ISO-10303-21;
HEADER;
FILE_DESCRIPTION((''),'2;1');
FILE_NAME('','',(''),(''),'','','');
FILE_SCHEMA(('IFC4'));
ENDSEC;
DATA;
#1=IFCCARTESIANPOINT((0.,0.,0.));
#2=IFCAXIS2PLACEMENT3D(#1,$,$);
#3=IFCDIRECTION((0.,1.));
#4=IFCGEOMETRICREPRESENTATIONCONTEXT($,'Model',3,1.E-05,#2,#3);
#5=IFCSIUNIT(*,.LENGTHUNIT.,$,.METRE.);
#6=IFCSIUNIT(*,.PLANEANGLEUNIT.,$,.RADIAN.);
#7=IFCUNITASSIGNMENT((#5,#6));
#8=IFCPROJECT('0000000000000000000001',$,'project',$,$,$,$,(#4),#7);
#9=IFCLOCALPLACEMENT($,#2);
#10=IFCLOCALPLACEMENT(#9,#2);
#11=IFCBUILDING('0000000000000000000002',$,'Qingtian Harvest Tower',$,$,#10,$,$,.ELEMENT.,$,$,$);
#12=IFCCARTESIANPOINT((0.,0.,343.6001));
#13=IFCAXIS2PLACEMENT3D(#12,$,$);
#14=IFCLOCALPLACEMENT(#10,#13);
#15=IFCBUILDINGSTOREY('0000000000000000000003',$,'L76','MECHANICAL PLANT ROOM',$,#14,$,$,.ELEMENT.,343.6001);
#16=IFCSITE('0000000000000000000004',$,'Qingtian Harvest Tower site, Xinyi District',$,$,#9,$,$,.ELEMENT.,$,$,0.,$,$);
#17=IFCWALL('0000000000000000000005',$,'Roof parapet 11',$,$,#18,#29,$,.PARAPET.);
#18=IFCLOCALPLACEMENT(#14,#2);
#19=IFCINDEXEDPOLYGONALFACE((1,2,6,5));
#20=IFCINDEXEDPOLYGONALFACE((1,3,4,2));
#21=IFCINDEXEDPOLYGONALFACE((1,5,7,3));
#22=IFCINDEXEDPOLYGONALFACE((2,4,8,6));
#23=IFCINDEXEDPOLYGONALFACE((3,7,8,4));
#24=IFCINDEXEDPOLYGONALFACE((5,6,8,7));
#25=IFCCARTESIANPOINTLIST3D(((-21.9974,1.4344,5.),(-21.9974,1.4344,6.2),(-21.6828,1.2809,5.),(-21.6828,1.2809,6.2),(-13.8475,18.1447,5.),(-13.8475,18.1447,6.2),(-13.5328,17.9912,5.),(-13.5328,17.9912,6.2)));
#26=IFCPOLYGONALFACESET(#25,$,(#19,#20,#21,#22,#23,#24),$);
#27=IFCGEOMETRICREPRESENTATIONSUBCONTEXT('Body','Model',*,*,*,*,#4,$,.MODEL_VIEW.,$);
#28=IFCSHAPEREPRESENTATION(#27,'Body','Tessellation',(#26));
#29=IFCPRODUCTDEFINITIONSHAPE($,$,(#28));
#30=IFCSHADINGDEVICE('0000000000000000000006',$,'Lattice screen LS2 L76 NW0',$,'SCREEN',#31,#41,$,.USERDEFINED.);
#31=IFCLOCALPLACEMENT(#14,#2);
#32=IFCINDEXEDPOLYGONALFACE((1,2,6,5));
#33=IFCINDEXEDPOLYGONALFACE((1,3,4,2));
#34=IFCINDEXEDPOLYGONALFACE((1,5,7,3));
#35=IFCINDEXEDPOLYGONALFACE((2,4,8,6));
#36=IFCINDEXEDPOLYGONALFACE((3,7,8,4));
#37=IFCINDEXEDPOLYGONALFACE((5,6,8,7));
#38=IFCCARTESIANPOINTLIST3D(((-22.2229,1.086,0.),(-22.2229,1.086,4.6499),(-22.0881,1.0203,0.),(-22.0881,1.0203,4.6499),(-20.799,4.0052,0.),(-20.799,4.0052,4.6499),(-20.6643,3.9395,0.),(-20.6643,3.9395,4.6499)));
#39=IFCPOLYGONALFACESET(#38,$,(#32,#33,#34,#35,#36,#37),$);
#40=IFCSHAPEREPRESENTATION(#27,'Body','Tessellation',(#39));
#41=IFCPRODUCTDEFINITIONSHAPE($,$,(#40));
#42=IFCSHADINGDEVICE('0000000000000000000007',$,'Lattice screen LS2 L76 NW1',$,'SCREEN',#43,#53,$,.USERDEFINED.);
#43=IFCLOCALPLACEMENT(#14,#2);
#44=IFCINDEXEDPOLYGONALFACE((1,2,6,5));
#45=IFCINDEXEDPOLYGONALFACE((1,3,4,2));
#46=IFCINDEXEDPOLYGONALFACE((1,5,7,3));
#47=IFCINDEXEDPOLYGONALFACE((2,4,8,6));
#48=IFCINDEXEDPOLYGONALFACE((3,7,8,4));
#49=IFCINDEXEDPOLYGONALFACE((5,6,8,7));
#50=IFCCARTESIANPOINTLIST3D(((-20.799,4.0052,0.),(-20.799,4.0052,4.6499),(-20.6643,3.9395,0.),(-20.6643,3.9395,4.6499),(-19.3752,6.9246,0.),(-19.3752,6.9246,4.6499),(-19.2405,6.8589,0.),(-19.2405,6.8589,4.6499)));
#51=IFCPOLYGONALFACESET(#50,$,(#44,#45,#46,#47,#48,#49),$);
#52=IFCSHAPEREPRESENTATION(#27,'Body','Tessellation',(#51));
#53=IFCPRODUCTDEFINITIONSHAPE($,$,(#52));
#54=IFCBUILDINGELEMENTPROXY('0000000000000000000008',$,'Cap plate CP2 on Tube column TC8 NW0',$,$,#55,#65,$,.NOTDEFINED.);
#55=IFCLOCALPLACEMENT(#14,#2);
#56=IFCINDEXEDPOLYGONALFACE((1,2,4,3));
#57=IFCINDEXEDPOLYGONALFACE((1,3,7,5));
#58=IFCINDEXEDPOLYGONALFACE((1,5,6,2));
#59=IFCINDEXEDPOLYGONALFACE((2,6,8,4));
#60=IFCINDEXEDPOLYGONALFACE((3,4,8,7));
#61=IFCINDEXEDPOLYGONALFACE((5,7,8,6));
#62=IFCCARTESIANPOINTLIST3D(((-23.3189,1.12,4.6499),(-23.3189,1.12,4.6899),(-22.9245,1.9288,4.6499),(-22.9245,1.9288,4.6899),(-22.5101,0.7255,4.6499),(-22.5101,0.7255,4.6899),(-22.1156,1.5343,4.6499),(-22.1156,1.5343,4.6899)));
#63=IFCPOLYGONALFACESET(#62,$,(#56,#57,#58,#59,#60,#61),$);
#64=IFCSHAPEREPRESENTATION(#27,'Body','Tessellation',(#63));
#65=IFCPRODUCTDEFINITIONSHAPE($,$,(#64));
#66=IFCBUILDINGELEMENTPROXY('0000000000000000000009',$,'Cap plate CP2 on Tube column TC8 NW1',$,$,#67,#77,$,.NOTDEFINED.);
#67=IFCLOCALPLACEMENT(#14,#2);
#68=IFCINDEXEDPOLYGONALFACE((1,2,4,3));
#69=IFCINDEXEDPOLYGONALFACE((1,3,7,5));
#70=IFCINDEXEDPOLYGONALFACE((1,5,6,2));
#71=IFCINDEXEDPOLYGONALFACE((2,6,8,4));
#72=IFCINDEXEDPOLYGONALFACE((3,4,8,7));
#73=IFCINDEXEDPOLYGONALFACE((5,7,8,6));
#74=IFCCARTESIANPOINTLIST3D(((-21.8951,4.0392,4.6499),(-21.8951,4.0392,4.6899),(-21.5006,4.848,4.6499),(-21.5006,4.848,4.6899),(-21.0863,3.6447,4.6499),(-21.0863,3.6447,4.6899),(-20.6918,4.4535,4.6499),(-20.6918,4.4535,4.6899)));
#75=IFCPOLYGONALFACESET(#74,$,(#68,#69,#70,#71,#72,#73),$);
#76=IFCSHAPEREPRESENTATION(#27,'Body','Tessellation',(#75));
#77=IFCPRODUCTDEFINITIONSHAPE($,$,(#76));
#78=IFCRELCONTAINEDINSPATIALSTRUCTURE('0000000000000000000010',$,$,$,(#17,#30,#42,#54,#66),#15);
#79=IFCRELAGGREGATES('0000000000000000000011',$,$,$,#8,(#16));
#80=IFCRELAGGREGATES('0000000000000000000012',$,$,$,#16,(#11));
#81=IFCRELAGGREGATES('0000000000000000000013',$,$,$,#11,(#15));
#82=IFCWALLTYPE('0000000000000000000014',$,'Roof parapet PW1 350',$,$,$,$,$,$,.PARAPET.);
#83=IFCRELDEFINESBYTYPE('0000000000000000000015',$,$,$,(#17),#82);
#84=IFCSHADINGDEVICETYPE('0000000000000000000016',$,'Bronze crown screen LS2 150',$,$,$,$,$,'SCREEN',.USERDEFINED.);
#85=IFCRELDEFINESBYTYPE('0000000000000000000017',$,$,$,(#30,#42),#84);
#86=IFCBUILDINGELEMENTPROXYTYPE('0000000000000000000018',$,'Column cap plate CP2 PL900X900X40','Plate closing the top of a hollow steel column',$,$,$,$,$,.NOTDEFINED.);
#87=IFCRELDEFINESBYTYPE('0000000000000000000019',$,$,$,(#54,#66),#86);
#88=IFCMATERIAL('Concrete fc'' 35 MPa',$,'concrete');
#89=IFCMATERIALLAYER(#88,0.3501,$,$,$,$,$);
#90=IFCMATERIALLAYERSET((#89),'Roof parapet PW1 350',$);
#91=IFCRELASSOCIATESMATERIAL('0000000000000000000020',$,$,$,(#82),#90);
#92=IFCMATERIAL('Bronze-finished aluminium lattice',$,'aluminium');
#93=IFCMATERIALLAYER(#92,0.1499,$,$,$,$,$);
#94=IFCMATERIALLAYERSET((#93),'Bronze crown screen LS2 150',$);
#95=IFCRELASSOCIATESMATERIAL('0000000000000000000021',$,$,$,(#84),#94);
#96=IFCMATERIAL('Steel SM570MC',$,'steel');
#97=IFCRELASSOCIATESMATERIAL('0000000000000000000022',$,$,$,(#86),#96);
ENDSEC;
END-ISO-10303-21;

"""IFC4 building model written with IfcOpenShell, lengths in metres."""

from ifc_helpers import new_model, si_unit, direction, frame, frame_2d, origin, origin_2d, place, context, subcontext, project, spatial, polyline, rectangle, outline, extrude, material, layer, layer_set, material_profile, profile_set, type_object, element, save


model = new_model("IFC4")

# Units and contexts
model_context = context("Model", 3, precision=1e-05, world=origin(), true_north=direction((0.0, 1.0)))
body_context = subcontext(model_context, "Body", "Model", "MODEL_VIEW")
ifc_project = project(units=[si_unit("LENGTHUNIT", "METRE"), si_unit("PLANEANGLEUNIT", "RADIAN")], contexts=[model_context])

# Site, building, storey
site_placement = place(None, origin())
site = spatial("IfcSite", under=ifc_project, at=site_placement, Name="Qingtian Harvest Tower site, Xinyi District", CompositionType="ELEMENT", RefElevation=0.0)
building_placement = place(site_placement, origin())
building = spatial("IfcBuilding", under=site, at=building_placement, Name="Qingtian Harvest Tower", CompositionType="ELEMENT")
storey_placement = place(building_placement, frame((0.0, 0.0, 343.6001)))
storey = spatial("IfcBuildingStorey", under=building, at=storey_placement, Name="L76", Description="MECHANICAL PLANT ROOM", CompositionType="ELEMENT", Elevation=343.6001)

# Wall
ifc_material_1 = material(Name="Concrete fc' 35 MPa", Category="concrete")
ifc_layer_1 = layer(ifc_material_1, 0.3501)
ifc_layer_set_1 = layer_set([ifc_layer_1], Name="Roof parapet PW1 350")
wall_type = type_object("IfcWallType", Name="Roof parapet PW1 350", PredefinedType="PARAPET", material=ifc_layer_set_1)
wall_placement = place(storey_placement, frame((-21.8401, 1.3577, 5.0), z_axis=(0.0, 0.0, 1.0), x_axis=(0.438362, 0.898798, 0.0)))
element("IfcWall", 1, at=wall_placement, inside=storey, type_object=wall_type, Name="Roof parapet 11", PredefinedType="PARAPET", context=body_context, shape_type="SweptSolid", body=[
    extrude(rectangle(XDim=18.5918, YDim=0.3501, at=frame_2d((9.2959, 0.0))), origin(), (0.0, 0.0, 1.0), 1.2),
])

# Shading devices
ifc_material_2 = material(Name="Bronze-finished aluminium lattice", Category="aluminium")
ifc_layer_2 = layer(ifc_material_2, 0.1499)
ifc_layer_set_2 = layer_set([ifc_layer_2], Name="Bronze crown screen LS2 150")
shading_device_type = type_object("IfcShadingDeviceType", Name="Bronze crown screen LS2 150", ElementType="SCREEN", PredefinedType="USERDEFINED", material=ifc_layer_set_2)
shading_device_1_placement = place(storey_placement, frame((-22.0881, 1.0203, 0.0), z_axis=(0.898789, -0.438382, 0.0), x_axis=(0.438382, 0.898789, 0.0)))
element("IfcShadingDevice", 2, at=shading_device_1_placement, inside=storey, type_object=shading_device_type, Name="Lattice screen LS2 L76 NW0", ObjectType="SCREEN", PredefinedType="USERDEFINED", context=body_context, shape_type="SweptSolid", body=[
    extrude(outline(polyline([(0.0, 0.0), (3.2479, 0.0), (3.2479, 4.6499), (0.0, 4.6499), (0.0, 0.0)])), origin(), (0.0, 0.0, -1.0), 0.1499),
])
shading_device_2_placement = place(storey_placement, frame((-20.6643, 3.9395, 0.0), z_axis=(0.898803, -0.438353, 0.0), x_axis=(0.438353, 0.898803, 0.0)))
element("IfcShadingDevice", 3, at=shading_device_2_placement, inside=storey, type_object=shading_device_type, Name="Lattice screen LS2 L76 NW1", ObjectType="SCREEN", PredefinedType="USERDEFINED", context=body_context, shape_type="SweptSolid", body=[
    extrude(outline(polyline([(0.0, 0.0), (3.2481, 0.0), (3.2481, 4.6499), (0.0, 4.6499), (0.0, 0.0)])), origin(), (0.0, 0.0, -1.0), 0.1499),
])

# Building element proxies
ifc_material_3 = material(Name="Steel SM570MC", Category="steel")
ifc_material_profile_1 = material_profile(ifc_material_3, rectangle(XDim=0.8999, YDim=0.8999, at=origin_2d()), Name="PL900X900X40")
ifc_profile_set_1 = profile_set([ifc_material_profile_1], Name="Steel SM570MC")
building_element_proxy_type = type_object("IfcBuildingElementProxyType", Name="Column cap plate CP2 PL900X900X40", Description="Plate closing the top of a hollow steel column", PredefinedType="NOTDEFINED", material=ifc_profile_set_1)
for number, where, z_axis, x_axis, name in (
    (4, (-22.7173, 1.3271, 4.6499), (0.0, 0.0, 1.0), (-0.438371, -0.898794, 0.0), "Cap plate CP2 on Tube column TC8 NW0"),
    (5, (-21.2935, 4.2463, 4.6499), (0.0, 0.0, 1.0), (-0.438371, -0.898794, 0.0), "Cap plate CP2 on Tube column TC8 NW1"),
):
    element("IfcBuildingElementProxy", number, at=place(storey_placement, frame(where, z_axis=z_axis, x_axis=x_axis)), inside=storey, type_object=building_element_proxy_type, Name=name, PredefinedType="NOTDEFINED", context=body_context, shape_type="SweptSolid", body=[
        extrude(rectangle(XDim=0.8999, YDim=0.8999, at=origin_2d()), origin(), (0.0, 0.0, 1.0), 0.04),
    ])

save(model, "model.ifc")
